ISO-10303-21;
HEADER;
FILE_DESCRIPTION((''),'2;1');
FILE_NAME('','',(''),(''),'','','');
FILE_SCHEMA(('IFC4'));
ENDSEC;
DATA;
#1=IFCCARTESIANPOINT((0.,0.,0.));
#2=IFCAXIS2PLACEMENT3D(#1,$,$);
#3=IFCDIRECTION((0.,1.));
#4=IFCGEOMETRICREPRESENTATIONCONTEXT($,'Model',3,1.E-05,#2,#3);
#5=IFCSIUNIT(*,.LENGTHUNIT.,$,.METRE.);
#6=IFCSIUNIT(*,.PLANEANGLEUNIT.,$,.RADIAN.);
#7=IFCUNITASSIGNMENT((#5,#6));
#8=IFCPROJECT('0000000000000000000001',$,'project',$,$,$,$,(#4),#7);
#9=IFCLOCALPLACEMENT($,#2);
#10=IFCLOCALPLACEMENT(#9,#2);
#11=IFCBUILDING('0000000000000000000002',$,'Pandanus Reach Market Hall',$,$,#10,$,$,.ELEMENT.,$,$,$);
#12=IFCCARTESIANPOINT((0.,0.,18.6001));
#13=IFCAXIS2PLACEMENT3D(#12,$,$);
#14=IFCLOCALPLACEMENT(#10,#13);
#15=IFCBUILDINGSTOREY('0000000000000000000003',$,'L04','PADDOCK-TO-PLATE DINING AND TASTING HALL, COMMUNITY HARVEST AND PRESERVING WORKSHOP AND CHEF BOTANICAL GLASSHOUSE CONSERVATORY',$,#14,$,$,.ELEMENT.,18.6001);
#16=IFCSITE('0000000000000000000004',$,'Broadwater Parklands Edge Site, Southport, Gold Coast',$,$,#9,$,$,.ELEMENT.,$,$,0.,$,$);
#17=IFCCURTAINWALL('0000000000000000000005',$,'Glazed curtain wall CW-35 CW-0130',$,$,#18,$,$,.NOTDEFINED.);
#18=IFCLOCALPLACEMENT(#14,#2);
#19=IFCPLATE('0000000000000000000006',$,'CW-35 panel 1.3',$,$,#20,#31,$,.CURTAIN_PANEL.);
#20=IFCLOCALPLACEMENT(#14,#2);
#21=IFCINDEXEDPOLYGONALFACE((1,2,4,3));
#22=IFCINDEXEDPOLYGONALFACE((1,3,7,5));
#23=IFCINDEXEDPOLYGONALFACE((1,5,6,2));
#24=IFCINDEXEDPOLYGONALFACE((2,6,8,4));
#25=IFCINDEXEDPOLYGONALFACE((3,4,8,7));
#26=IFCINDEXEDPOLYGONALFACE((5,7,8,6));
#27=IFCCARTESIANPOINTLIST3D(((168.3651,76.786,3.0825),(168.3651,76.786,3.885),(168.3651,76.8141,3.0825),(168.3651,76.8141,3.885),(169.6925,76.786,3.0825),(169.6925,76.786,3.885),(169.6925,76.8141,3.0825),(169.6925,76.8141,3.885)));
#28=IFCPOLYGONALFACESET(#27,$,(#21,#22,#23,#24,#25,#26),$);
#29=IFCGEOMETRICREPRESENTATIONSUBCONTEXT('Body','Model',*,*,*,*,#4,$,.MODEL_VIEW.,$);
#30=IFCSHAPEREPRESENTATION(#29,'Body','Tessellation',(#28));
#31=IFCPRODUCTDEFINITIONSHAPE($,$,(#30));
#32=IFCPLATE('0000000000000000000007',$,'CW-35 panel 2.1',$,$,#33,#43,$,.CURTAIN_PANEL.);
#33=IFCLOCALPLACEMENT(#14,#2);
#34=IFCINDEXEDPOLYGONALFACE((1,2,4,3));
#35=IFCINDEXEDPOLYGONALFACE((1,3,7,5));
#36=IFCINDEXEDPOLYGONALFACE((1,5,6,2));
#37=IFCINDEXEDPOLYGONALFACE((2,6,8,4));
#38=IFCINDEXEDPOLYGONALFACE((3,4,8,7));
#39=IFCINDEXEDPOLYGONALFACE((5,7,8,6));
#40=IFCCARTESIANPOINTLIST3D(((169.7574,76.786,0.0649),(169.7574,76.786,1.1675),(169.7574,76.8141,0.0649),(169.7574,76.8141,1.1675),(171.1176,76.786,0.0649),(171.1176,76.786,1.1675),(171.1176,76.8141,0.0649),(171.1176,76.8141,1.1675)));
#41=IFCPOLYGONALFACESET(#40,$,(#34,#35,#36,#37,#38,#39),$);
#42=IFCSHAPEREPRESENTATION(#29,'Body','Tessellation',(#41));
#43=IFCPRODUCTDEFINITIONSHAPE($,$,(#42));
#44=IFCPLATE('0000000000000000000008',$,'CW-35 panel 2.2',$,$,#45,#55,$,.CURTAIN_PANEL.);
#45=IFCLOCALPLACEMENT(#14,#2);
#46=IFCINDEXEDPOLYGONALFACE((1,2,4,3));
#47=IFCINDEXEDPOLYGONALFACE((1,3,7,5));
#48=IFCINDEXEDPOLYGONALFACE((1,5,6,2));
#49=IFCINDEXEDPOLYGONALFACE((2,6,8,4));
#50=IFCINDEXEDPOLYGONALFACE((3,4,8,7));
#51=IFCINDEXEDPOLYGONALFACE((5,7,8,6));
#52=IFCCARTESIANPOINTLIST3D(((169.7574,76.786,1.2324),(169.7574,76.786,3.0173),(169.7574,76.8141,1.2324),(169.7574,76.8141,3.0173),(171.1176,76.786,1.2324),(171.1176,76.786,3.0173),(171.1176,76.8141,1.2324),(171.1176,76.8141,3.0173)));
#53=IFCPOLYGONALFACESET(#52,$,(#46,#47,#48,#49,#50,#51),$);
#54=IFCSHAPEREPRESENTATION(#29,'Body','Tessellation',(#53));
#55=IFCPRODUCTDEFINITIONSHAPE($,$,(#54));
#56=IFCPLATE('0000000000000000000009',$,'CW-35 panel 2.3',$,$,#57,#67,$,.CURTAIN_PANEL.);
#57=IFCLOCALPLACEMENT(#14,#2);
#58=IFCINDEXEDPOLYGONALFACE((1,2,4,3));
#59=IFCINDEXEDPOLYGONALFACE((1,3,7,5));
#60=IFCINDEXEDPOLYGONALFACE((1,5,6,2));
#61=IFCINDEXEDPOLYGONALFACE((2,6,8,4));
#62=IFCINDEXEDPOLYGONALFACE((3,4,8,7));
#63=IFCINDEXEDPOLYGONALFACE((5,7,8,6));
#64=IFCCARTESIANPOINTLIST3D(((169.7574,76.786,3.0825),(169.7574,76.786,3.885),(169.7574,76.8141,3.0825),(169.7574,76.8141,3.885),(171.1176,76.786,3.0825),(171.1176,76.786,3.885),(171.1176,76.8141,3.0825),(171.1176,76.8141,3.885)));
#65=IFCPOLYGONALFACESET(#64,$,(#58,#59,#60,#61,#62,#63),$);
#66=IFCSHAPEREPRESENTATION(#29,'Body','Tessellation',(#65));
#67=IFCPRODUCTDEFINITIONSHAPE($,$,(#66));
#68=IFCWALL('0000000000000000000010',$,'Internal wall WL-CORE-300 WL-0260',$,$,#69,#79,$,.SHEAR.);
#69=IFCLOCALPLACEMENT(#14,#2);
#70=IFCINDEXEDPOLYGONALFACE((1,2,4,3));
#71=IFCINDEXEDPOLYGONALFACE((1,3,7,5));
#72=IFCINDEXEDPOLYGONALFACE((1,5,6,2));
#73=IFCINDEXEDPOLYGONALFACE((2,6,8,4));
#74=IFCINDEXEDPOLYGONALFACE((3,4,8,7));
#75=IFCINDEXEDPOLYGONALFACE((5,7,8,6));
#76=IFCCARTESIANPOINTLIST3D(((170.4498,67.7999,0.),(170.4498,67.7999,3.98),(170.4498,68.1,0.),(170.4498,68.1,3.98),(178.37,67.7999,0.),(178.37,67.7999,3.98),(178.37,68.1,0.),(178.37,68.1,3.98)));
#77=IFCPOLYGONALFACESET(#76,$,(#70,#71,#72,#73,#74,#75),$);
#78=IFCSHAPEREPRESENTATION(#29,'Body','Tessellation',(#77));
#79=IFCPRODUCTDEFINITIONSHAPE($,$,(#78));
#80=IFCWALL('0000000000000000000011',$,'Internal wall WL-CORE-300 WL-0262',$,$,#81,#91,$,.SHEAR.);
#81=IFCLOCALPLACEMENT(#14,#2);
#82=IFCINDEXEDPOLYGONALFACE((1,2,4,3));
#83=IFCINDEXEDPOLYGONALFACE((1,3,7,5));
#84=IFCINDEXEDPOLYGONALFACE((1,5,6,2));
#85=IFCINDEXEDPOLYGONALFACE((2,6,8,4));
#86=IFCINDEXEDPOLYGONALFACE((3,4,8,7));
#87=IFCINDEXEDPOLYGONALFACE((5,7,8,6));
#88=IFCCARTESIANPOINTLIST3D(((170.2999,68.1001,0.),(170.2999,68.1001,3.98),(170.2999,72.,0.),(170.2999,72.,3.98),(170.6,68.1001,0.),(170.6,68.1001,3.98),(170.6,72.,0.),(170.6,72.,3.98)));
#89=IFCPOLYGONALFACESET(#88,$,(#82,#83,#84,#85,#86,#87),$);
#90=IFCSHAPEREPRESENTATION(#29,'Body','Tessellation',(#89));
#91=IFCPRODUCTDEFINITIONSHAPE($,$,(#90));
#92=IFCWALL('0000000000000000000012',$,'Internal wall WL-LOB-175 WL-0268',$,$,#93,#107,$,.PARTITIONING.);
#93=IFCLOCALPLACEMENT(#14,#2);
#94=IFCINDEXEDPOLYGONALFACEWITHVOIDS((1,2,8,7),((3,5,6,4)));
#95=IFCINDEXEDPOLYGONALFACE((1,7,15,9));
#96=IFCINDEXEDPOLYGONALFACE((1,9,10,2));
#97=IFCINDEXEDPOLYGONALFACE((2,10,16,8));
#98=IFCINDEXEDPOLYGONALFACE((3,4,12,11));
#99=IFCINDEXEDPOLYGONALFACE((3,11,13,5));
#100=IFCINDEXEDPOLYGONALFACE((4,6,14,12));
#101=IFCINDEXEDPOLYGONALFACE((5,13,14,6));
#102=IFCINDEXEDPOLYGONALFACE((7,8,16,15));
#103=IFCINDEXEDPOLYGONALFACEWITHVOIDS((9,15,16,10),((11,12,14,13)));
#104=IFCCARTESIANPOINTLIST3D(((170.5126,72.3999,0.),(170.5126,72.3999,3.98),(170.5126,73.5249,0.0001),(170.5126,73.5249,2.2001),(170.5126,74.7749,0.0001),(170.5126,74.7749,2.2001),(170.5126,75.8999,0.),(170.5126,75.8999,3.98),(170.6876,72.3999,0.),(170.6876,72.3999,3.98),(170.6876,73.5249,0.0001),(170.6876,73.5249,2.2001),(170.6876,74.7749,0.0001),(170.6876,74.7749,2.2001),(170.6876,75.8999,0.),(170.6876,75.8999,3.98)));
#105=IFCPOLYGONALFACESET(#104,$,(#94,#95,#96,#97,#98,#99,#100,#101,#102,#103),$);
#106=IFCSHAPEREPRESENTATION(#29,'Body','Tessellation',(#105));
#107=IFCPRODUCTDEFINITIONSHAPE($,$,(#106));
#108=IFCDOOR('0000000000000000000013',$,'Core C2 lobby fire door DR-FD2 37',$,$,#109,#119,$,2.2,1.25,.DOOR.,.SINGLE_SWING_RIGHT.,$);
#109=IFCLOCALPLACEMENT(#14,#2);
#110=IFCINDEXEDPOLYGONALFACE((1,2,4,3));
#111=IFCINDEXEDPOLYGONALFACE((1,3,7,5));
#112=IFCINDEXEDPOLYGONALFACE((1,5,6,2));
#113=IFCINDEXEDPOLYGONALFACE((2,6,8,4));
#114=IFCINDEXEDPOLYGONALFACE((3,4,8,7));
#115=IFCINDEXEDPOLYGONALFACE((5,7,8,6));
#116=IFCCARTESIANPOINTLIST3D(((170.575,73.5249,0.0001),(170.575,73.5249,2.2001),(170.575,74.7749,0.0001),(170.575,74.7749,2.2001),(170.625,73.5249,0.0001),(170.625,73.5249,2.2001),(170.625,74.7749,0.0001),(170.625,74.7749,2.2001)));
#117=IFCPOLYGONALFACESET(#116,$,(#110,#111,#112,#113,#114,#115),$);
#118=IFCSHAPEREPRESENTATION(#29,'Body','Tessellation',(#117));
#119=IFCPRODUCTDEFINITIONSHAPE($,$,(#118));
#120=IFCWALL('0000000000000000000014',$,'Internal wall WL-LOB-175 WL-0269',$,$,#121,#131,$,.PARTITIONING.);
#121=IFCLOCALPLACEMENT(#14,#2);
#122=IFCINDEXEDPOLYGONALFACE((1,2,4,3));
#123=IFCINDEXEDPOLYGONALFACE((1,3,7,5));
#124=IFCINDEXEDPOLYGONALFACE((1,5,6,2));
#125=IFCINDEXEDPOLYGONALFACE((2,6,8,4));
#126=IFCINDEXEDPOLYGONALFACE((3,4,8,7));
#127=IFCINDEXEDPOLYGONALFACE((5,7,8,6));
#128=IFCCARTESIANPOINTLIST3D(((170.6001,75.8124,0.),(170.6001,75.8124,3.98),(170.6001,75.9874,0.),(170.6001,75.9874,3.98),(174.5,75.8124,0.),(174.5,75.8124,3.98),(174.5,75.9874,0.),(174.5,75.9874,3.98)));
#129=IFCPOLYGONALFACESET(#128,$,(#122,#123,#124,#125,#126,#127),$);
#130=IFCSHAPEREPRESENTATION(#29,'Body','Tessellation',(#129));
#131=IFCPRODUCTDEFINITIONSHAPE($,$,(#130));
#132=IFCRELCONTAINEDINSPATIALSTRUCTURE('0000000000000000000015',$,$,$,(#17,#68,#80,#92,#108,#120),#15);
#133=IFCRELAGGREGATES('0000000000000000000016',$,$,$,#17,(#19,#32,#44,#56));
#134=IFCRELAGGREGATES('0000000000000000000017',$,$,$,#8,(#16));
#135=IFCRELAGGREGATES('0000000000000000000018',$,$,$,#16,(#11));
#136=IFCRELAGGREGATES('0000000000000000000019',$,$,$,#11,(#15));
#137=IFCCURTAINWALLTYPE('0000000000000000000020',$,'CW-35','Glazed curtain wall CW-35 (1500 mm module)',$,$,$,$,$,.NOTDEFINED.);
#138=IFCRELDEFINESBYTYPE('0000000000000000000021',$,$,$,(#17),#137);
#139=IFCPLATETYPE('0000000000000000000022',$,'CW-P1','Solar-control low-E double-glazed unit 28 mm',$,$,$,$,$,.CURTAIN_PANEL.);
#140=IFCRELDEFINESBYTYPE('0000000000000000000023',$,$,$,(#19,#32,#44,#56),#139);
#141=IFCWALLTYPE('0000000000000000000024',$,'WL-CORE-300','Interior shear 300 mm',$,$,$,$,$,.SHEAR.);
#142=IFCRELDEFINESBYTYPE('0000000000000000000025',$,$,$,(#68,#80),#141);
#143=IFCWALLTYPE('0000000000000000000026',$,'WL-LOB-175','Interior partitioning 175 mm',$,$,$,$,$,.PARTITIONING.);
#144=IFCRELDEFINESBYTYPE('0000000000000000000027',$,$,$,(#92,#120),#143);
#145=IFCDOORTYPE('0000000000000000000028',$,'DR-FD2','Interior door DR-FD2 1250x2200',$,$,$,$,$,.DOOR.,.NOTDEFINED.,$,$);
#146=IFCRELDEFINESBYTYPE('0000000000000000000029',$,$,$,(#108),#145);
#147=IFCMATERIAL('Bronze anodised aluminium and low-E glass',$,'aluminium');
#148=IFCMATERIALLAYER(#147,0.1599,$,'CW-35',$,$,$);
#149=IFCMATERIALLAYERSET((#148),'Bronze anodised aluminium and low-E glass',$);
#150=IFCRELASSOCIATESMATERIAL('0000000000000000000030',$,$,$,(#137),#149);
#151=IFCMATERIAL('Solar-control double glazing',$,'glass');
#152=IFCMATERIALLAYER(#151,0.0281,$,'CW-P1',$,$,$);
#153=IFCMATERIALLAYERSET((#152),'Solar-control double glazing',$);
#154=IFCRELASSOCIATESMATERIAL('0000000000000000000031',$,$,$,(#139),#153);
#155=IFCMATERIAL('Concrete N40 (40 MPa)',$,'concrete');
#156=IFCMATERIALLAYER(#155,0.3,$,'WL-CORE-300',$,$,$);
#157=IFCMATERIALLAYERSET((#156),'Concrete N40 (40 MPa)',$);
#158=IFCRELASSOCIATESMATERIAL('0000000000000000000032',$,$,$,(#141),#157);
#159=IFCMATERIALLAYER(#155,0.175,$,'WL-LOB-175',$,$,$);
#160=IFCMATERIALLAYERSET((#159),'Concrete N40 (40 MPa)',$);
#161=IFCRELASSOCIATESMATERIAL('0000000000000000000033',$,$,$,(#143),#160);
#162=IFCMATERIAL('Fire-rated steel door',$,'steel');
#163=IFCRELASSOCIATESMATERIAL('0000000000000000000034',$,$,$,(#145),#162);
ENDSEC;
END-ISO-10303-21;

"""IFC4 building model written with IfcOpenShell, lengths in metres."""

from ifc_helpers import new_model, si_unit, direction, frame, frame_2d, origin, origin_2d, place, context, subcontext, project, spatial, rectangle, extrude, material, layer, layer_set, type_object, element, fill, aggregate, save


model = new_model("IFC4")

# Units and contexts
model_context = context("Model", 3, precision=1e-05, world=origin(), true_north=direction((0.0, 1.0)))
body_context = subcontext(model_context, "Body", "Model", "MODEL_VIEW")
ifc_project = project(units=[si_unit("LENGTHUNIT", "METRE"), si_unit("PLANEANGLEUNIT", "RADIAN")], contexts=[model_context])

# Site, building, storey
site_placement = place(None, origin())
site = spatial("IfcSite", under=ifc_project, at=site_placement, Name="Broadwater Parklands Edge Site, Southport, Gold Coast", CompositionType="ELEMENT", RefElevation=0.0)
building_placement = place(site_placement, origin())
building = spatial("IfcBuilding", under=site, at=building_placement, Name="Pandanus Reach Market Hall", CompositionType="ELEMENT")
storey_placement = place(building_placement, frame((0.0, 0.0, 18.6001)))
storey = spatial("IfcBuildingStorey", under=building, at=storey_placement, Name="L04", Description="PADDOCK-TO-PLATE DINING AND TASTING HALL, COMMUNITY HARVEST AND PRESERVING WORKSHOP AND CHEF BOTANICAL GLASSHOUSE CONSERVATORY", CompositionType="ELEMENT", Elevation=18.6001)

# Curtain wall, plates
ifc_material_1 = material(Name="Bronze anodised aluminium and low-E glass", Category="aluminium")
ifc_layer_1 = layer(ifc_material_1, 0.1599, Name="CW-35")
ifc_layer_set_1 = layer_set([ifc_layer_1], Name="Bronze anodised aluminium and low-E glass")
curtain_wall_type = type_object("IfcCurtainWallType", Name="CW-35", Description="Glazed curtain wall CW-35 (1500 mm module)", PredefinedType="NOTDEFINED", material=ifc_layer_set_1)
curtain_wall_placement = place(storey_placement, origin())
curtain_wall = element("IfcCurtainWall", 1, at=curtain_wall_placement, inside=storey, type_object=curtain_wall_type, Name="Glazed curtain wall CW-35 CW-0130", PredefinedType="NOTDEFINED")
ifc_material_2 = material(Name="Solar-control double glazing", Category="glass")
ifc_layer_2 = layer(ifc_material_2, 0.0281, Name="CW-P1")
ifc_layer_set_2 = layer_set([ifc_layer_2], Name="Solar-control double glazing")
plate_type = type_object("IfcPlateType", Name="CW-P1", Description="Solar-control low-E double-glazed unit 28 mm", PredefinedType="CURTAIN_PANEL", material=ifc_layer_set_2)
plate_1_placement = place(storey_placement, frame((169.0288, 76.8, 3.0825), z_axis=(0.0, 0.0, 1.0), x_axis=(1.0, 0.0, 0.0)))
plate_1 = element("IfcPlate", 2, at=plate_1_placement, type_object=plate_type, Name="CW-35 panel 1.3", PredefinedType="CURTAIN_PANEL", context=body_context, shape_type="SweptSolid", body=[
    extrude(rectangle(XDim=1.3274, YDim=0.0281, at=origin_2d()), origin(), (0.0, 0.0, 1.0), 0.8025),
])
plate_2_placement = place(storey_placement, frame((170.4375, 76.8, 0.0649), z_axis=(0.0, 0.0, 1.0), x_axis=(1.0, 0.0, 0.0)))
plate_2 = element("IfcPlate", 3, at=plate_2_placement, type_object=plate_type, Name="CW-35 panel 2.1", PredefinedType="CURTAIN_PANEL", context=body_context, shape_type="SweptSolid", body=[
    extrude(rectangle(XDim=1.3601, YDim=0.0281, at=origin_2d()), origin(), (0.0, 0.0, 1.0), 1.1025),
])
plate_3_placement = place(storey_placement, frame((170.4375, 76.8, 1.2324), z_axis=(0.0, 0.0, 1.0), x_axis=(1.0, 0.0, 0.0)))
plate_3 = element("IfcPlate", 4, at=plate_3_placement, type_object=plate_type, Name="CW-35 panel 2.2", PredefinedType="CURTAIN_PANEL", context=body_context, shape_type="SweptSolid", body=[
    extrude(rectangle(XDim=1.3601, YDim=0.0281, at=origin_2d()), origin(), (0.0, 0.0, 1.0), 1.7849),
])
plate_4_placement = place(storey_placement, frame((170.4375, 76.8, 3.0825), z_axis=(0.0, 0.0, 1.0), x_axis=(1.0, 0.0, 0.0)))
plate_4 = element("IfcPlate", 5, at=plate_4_placement, type_object=plate_type, Name="CW-35 panel 2.3", PredefinedType="CURTAIN_PANEL", context=body_context, shape_type="SweptSolid", body=[
    extrude(rectangle(XDim=1.3601, YDim=0.0281, at=origin_2d()), origin(), (0.0, 0.0, 1.0), 0.8025),
])
aggregate(curtain_wall, [plate_1, plate_2, plate_3, plate_4])

# Wall
ifc_material_3 = material(Name="Concrete N40 (40 MPa)", Category="concrete")
ifc_layer_3 = layer(ifc_material_3, 0.3, Name="WL-CORE-300")
ifc_layer_set_3 = layer_set([ifc_layer_3], Name="Concrete N40 (40 MPa)")
wall_type_1 = type_object("IfcWallType", Name="WL-CORE-300", Description="Interior shear 300 mm", PredefinedType="SHEAR", material=ifc_layer_set_3)
wall_1_placement = place(storey_placement, frame((170.45, 67.95, 0.0), z_axis=(0.0, 0.0, 1.0), x_axis=(1.0, 0.0, 0.0)))
element("IfcWall", 6, at=wall_1_placement, inside=storey, type_object=wall_type_1, Name="Internal wall WL-CORE-300 WL-0260", PredefinedType="SHEAR", context=body_context, shape_type="SweptSolid", body=[
    extrude(rectangle(XDim=7.9202, YDim=0.3, at=frame_2d((3.96, 0.0))), origin(), (0.0, 0.0, 1.0), 3.98),
])

# Shared definitions
ifc_material_4 = material(Name="Fire-rated steel door", Category="steel")

# Wall
wall_2_placement = place(storey_placement, frame((170.45, 68.1001, 0.0), z_axis=(0.0, 0.0, 1.0), x_axis=(0.0, 1.0, 0.0)))
element("IfcWall", 7, at=wall_2_placement, inside=storey, type_object=wall_type_1, Name="Internal wall WL-CORE-300 WL-0262", PredefinedType="SHEAR", context=body_context, shape_type="SweptSolid", body=[
    extrude(rectangle(XDim=3.8999, YDim=0.3, at=frame_2d((1.95, 0.0))), origin(), (0.0, 0.0, 1.0), 3.98),
])

# Wall, opening, door
ifc_layer_4 = layer(ifc_material_3, 0.175, Name="WL-LOB-175")
ifc_layer_set_4 = layer_set([ifc_layer_4], Name="Concrete N40 (40 MPa)")
wall_type_2 = type_object("IfcWallType", Name="WL-LOB-175", Description="Interior partitioning 175 mm", PredefinedType="PARTITIONING", material=ifc_layer_set_4)
wall_3_placement = place(storey_placement, frame((170.6001, 72.3999, 0.0), z_axis=(0.0, 0.0, 1.0), x_axis=(0.0, 1.0, 0.0)))
wall_3 = element("IfcWall", 8, at=wall_3_placement, inside=storey, type_object=wall_type_2, Name="Internal wall WL-LOB-175 WL-0268", PredefinedType="PARTITIONING", context=body_context, shape_type="SweptSolid", body=[
    extrude(rectangle(XDim=3.5, YDim=0.175, at=frame_2d((1.75, 0.0))), origin(), (0.0, 0.0, 1.0), 3.98),
])
opening_1_placement = place(wall_3_placement, frame((1.125, 0.0, 0.0)))
opening_1 = element("IfcOpeningElement", 9, at=opening_1_placement, cuts=wall_3, PredefinedType="OPENING", context=body_context, shape_type="SweptSolid", body=[
    extrude(rectangle(XDim=1.25, YDim=2.2, at=frame_2d((0.625, 1.1001))), frame((0.0, 0.1025, 0.0), z_axis=(0.0, -1.0, 0.0), x_axis=(1.0, 0.0, 0.0)), (0.0, 0.0, 1.0), 0.2051),
])
door_type_1 = type_object("IfcDoorType", Name="DR-FD2", Description="Interior door DR-FD2 1250x2200", OperationType="NOTDEFINED", PredefinedType="DOOR", material=ifc_material_4)
door_1_placement = place(opening_1_placement, frame((1.25, 0.0, 0.0), z_axis=(0.0, 0.0, 1.0), x_axis=(-1.0, 0.0, 0.0)))
door_1 = element("IfcDoor", 10, at=door_1_placement, inside=storey, type_object=door_type_1, Name="Core C2 lobby fire door DR-FD2 37", OperationType="SINGLE_SWING_RIGHT", OverallHeight=2.2, OverallWidth=1.25, PredefinedType="DOOR", context=body_context, shape_type="SweptSolid", body=[
    extrude(rectangle(XDim=1.25, YDim=2.2, at=frame_2d((0.625, 1.1001))), frame((0.0, 0.0249, 0.0), z_axis=(0.0, -1.0, 0.0), x_axis=(1.0, 0.0, 0.0)), (0.0, 0.0, 1.0), 0.05),
])
fill(opening_1, door_1)

# Wall
wall_4_placement = place(storey_placement, frame((170.6001, 75.8999, 0.0), z_axis=(0.0, 0.0, 1.0), x_axis=(1.0, 0.0, 0.0)))
element("IfcWall", 11, at=wall_4_placement, inside=storey, type_object=wall_type_2, Name="Internal wall WL-LOB-175 WL-0269", PredefinedType="PARTITIONING", context=body_context, shape_type="SweptSolid", body=[
    extrude(rectangle(XDim=3.8999, YDim=0.175, at=frame_2d((1.95, 0.0))), origin(), (0.0, 0.0, 1.0), 3.98),
])

save(model, "model.ifc")
